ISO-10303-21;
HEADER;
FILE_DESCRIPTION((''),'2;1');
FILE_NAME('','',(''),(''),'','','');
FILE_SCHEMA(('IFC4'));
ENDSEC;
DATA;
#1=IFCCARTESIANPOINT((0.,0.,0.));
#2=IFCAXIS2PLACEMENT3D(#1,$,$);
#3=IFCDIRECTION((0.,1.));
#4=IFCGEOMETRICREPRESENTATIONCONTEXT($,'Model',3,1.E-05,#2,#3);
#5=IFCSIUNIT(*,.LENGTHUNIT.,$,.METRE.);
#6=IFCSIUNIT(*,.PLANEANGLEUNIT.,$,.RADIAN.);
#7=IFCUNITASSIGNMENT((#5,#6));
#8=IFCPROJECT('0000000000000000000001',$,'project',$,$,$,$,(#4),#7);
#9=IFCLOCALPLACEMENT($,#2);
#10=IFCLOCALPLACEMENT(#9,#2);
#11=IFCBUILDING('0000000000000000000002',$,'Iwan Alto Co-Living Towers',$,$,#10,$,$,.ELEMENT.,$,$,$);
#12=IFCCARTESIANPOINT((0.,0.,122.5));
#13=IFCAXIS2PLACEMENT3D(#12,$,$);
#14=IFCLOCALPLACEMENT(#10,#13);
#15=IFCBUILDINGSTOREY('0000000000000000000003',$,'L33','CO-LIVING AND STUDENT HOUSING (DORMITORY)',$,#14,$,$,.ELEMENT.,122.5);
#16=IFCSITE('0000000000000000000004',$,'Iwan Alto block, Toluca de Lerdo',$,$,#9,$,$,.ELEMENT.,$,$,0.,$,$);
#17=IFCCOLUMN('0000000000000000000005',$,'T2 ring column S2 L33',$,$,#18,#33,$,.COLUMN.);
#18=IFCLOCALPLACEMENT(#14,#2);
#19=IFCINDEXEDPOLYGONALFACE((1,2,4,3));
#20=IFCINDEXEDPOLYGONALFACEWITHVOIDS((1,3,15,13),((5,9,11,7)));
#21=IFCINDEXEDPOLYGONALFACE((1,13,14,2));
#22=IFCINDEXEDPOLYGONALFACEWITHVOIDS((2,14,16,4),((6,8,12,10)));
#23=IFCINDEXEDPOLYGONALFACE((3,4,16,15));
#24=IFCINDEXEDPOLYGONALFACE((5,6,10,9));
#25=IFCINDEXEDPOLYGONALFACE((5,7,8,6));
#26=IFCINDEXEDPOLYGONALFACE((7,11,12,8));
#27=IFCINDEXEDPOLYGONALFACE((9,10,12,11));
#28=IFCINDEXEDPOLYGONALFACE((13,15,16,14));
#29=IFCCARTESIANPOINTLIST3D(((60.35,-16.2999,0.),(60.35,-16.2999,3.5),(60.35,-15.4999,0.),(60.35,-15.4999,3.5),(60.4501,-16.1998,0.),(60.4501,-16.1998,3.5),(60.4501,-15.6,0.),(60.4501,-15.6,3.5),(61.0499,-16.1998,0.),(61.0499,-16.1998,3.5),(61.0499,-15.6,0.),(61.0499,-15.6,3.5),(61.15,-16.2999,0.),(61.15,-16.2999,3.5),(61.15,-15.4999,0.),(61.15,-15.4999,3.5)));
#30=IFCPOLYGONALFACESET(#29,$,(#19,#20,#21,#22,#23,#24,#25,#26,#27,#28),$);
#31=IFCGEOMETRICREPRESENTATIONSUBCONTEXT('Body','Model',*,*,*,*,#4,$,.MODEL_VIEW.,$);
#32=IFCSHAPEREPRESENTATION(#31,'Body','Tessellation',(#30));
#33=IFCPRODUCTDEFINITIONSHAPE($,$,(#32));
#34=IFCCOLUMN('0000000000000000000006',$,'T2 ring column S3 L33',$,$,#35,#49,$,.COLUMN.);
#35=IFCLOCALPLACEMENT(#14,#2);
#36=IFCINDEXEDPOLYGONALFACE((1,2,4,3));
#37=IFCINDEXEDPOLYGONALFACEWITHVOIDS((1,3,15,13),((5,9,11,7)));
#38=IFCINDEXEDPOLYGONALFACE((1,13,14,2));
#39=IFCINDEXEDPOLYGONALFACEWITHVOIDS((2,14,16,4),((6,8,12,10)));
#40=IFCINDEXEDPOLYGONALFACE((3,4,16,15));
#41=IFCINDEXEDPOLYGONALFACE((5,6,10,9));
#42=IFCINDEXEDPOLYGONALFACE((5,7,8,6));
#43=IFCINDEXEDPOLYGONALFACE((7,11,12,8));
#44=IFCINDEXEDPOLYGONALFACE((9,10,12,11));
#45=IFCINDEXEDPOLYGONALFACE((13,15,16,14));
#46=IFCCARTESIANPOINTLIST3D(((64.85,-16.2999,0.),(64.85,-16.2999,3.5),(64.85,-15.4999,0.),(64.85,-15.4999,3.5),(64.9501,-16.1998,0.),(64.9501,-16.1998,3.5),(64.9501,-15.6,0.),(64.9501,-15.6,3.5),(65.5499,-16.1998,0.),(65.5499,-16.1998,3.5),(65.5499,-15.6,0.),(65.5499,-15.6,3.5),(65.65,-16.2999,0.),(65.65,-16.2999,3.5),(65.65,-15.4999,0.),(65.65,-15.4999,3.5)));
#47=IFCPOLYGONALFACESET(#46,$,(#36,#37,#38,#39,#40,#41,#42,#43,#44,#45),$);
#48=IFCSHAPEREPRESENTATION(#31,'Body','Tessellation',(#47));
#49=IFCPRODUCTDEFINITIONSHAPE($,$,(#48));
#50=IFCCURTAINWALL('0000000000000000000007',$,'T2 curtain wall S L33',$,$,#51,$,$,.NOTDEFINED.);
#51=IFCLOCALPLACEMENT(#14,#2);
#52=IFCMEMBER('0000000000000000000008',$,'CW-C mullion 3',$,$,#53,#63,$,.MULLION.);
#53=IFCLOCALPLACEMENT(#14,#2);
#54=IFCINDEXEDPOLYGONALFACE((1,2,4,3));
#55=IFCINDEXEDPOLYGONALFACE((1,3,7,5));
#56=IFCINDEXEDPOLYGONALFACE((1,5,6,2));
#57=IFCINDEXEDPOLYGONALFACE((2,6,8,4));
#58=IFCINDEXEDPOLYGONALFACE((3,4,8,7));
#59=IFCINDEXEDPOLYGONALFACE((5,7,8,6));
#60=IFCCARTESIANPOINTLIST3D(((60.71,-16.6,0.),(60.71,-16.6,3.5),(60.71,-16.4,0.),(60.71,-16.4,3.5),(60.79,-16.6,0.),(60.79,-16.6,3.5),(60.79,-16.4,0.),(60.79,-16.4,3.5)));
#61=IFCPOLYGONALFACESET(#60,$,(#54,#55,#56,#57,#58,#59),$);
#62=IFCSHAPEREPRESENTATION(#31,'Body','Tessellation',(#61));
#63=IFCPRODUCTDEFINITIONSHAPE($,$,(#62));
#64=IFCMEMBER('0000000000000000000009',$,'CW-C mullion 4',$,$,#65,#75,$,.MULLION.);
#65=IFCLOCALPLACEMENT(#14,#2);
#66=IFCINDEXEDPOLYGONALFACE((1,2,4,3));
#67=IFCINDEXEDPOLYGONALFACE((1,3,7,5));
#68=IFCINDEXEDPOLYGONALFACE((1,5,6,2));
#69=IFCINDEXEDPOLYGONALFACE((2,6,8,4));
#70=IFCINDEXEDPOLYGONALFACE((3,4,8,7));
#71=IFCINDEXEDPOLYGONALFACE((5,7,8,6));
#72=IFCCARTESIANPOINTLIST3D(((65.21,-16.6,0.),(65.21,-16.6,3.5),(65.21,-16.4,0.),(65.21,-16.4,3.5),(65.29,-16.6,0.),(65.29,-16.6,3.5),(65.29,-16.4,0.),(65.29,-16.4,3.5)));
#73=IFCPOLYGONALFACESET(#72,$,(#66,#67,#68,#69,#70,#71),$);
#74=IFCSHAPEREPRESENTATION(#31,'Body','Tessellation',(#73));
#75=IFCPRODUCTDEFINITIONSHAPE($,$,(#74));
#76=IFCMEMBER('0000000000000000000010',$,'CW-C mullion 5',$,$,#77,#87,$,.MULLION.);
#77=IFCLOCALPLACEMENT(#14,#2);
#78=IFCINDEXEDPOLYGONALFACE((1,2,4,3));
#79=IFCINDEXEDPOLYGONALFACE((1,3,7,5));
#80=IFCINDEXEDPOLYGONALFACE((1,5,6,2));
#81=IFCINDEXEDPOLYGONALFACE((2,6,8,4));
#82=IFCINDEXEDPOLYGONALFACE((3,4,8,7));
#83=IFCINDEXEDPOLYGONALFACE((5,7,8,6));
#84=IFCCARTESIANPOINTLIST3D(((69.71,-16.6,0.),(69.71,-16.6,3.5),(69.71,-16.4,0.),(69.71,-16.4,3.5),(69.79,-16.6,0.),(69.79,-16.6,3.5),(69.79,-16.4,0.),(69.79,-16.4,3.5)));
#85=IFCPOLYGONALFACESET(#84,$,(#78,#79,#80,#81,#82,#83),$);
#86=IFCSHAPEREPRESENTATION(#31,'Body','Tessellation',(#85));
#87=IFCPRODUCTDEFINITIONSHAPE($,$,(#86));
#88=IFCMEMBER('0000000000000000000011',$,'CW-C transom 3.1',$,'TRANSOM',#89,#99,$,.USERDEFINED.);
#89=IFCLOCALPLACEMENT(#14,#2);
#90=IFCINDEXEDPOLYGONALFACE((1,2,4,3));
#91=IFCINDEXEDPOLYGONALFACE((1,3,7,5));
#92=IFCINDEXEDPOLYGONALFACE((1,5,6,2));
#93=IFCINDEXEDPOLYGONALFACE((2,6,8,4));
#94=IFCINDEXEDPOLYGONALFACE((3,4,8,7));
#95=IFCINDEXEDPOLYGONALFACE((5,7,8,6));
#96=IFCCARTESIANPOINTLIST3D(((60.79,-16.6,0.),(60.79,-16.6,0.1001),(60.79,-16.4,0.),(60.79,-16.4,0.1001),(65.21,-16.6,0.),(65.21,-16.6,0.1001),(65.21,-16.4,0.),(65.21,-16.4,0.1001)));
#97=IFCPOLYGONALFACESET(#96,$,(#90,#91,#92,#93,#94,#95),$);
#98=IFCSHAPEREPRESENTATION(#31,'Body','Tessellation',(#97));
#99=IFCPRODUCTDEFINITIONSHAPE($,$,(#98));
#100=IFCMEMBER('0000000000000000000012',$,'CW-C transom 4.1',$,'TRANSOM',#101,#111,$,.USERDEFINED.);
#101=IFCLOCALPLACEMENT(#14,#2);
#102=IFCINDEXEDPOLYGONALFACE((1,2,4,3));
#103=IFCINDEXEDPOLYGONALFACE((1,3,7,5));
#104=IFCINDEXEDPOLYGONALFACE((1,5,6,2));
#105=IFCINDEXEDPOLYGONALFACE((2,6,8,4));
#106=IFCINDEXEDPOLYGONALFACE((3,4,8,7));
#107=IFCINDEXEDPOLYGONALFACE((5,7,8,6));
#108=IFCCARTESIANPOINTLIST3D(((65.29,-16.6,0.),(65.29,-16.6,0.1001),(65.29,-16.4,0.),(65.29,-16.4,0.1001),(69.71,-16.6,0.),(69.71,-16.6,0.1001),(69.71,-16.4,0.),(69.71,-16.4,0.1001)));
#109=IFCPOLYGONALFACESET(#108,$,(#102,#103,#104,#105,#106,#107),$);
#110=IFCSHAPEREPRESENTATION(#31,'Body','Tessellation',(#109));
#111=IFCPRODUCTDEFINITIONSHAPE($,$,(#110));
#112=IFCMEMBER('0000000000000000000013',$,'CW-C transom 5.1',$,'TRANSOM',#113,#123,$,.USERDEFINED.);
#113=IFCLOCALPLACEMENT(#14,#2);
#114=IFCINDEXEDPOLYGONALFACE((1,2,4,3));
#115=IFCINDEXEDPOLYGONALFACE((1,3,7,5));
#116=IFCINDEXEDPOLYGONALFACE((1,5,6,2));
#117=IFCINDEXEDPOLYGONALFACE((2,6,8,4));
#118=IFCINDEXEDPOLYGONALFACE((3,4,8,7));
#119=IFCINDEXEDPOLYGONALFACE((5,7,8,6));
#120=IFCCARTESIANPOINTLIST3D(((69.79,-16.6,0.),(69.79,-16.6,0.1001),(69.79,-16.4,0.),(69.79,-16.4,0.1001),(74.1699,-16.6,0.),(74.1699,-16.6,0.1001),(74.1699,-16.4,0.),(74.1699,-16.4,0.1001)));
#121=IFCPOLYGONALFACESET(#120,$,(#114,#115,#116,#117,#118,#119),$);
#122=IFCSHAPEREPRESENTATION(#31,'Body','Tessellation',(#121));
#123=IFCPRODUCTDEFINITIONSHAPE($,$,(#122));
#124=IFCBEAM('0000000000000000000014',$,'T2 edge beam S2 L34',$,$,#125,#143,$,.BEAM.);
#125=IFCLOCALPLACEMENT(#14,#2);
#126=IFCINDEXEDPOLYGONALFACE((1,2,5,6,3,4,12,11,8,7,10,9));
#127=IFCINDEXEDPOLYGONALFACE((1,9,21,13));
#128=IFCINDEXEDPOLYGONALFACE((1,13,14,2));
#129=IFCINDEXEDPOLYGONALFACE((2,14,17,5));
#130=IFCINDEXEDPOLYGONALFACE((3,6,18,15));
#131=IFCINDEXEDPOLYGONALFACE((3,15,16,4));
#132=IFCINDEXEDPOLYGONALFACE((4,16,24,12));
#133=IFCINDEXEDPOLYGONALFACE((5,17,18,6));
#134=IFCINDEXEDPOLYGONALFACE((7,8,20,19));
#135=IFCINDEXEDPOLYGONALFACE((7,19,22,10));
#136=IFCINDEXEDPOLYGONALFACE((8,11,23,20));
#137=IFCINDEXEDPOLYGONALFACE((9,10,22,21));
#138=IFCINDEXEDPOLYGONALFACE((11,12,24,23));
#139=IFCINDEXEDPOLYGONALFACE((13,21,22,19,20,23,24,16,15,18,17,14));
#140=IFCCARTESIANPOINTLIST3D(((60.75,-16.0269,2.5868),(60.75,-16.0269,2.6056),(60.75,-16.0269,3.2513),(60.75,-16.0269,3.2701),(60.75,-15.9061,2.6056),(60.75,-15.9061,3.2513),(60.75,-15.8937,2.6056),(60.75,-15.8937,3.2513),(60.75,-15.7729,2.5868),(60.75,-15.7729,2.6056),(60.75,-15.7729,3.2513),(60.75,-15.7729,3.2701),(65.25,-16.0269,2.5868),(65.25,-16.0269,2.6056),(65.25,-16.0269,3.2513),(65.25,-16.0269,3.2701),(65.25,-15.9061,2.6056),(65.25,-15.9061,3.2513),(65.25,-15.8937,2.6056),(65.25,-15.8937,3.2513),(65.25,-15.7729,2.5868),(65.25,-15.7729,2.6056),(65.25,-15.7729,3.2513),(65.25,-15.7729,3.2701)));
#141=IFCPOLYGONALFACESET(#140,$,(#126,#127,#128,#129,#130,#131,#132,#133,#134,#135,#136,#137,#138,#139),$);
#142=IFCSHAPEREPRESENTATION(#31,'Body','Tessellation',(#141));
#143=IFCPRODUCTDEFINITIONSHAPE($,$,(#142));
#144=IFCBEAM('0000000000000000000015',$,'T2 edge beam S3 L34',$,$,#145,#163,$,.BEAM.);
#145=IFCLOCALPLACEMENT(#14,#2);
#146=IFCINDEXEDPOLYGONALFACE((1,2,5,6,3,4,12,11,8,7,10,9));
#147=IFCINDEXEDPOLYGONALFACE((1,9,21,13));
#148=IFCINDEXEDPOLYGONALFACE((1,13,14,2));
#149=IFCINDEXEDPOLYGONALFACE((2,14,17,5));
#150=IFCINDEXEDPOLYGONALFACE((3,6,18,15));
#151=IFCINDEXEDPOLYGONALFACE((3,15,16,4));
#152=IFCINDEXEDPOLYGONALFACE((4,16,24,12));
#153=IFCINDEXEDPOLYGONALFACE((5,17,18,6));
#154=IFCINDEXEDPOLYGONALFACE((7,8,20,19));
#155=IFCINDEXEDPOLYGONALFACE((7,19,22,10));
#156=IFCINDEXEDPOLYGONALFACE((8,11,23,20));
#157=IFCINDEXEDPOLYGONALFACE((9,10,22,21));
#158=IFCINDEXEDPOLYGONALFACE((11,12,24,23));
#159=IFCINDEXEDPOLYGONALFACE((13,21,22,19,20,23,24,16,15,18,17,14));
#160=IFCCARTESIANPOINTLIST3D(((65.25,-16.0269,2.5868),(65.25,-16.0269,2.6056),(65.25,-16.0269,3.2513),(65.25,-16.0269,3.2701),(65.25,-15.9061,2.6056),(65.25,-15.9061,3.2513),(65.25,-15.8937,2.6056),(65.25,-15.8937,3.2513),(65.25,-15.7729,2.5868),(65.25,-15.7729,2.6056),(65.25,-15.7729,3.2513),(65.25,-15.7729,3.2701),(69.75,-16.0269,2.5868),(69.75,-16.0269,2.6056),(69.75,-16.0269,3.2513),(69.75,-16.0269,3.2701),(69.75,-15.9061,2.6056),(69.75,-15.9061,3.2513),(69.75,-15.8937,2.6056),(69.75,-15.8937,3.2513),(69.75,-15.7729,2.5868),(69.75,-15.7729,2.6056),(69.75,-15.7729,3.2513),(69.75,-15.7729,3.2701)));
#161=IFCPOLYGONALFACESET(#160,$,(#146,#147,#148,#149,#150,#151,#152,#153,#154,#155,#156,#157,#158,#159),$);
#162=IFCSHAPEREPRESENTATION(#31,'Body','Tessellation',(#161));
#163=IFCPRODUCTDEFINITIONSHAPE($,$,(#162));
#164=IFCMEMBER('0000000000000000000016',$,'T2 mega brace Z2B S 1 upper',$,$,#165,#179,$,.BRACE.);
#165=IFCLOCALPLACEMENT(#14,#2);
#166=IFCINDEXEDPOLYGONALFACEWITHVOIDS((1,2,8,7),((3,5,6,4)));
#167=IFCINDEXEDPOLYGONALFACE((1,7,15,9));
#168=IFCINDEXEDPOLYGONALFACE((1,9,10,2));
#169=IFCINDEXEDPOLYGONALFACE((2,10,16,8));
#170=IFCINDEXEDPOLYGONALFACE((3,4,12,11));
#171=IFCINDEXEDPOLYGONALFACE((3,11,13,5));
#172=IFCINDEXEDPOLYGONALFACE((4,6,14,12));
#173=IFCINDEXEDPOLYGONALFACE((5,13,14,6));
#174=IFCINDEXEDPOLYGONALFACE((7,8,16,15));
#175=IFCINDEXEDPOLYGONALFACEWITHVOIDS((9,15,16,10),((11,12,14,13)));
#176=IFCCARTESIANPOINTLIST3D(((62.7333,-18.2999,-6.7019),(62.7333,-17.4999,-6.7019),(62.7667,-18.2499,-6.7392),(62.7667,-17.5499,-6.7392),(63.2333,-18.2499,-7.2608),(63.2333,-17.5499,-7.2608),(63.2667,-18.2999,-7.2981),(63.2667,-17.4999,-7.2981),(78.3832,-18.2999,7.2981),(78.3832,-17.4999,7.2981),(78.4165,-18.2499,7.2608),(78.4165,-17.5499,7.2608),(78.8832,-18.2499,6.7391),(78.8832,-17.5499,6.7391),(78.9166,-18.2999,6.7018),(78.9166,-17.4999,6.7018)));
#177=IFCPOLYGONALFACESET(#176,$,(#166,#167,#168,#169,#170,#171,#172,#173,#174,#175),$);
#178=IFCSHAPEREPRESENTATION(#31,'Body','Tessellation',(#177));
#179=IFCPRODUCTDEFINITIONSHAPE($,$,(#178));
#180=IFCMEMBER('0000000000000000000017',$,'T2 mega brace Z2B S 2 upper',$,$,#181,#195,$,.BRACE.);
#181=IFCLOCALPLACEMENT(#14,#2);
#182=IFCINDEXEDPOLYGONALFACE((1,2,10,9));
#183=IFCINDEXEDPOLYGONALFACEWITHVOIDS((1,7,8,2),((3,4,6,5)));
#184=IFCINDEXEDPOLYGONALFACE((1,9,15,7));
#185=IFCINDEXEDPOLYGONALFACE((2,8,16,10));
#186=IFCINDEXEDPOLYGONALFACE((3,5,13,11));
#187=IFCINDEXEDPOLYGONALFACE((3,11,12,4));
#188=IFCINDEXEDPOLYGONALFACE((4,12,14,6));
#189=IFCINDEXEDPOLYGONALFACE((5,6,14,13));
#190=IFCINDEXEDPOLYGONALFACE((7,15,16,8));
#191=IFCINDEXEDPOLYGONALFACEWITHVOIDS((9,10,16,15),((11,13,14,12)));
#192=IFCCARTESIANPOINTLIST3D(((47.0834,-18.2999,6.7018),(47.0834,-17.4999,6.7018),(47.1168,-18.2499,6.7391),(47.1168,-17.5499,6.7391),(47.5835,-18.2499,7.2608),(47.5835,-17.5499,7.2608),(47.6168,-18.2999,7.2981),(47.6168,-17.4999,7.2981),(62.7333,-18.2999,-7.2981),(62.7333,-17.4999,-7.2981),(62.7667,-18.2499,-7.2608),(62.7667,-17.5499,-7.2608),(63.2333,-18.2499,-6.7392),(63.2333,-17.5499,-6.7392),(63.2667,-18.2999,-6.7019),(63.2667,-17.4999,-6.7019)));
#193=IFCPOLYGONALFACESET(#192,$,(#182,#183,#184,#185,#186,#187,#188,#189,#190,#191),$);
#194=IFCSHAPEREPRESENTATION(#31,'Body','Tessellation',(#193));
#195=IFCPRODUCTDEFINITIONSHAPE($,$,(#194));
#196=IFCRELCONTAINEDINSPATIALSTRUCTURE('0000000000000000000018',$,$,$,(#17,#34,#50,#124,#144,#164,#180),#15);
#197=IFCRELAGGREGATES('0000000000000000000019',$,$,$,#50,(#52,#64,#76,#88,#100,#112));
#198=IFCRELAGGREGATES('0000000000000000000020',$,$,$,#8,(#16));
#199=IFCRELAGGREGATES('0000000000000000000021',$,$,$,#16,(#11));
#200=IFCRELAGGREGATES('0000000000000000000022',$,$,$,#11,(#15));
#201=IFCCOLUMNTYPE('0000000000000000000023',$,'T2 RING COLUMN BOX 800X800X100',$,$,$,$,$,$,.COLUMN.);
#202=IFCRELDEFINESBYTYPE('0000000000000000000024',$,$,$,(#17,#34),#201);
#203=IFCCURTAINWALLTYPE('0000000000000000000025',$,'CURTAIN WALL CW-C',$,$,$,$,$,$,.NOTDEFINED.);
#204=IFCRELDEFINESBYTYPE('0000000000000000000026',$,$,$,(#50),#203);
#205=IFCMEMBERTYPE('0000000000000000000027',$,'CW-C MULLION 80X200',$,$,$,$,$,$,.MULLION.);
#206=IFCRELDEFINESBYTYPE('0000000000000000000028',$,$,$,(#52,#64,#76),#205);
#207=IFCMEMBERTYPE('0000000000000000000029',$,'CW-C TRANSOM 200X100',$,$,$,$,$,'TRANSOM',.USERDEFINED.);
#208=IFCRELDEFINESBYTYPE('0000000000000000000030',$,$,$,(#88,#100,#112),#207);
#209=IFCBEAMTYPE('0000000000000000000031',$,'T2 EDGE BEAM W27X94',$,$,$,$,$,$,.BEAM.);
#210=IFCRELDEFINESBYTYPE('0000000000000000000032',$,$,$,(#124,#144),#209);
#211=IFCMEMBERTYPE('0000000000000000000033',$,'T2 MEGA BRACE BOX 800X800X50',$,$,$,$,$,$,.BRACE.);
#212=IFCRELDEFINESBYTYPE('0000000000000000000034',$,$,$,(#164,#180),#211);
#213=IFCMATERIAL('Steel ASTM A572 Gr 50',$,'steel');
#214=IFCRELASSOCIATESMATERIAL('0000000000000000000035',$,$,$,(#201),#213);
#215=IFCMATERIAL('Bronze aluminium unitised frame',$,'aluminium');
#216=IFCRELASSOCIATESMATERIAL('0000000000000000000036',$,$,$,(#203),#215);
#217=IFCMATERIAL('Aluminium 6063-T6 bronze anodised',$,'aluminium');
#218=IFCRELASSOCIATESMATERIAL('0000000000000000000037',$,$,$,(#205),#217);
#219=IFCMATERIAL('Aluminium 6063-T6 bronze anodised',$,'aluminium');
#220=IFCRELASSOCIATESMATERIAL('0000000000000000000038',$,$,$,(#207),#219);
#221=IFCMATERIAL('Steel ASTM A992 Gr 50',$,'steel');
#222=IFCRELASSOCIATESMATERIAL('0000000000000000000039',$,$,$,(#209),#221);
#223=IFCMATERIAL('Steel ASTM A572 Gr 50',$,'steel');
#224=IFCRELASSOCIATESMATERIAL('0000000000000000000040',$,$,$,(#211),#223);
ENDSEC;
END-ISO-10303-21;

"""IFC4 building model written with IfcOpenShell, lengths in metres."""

from ifc_helpers import new_model, si_unit, direction, frame, origin, origin_2d, place, context, subcontext, project, spatial, rectangle, hollow_rectangle, i_section, extrude, material, material_profile, profile_set, type_object, element, aggregate, save


model = new_model("IFC4")

# Units and contexts
model_context = context("Model", 3, precision=1e-05, world=origin(), true_north=direction((0.0, 1.0)))
body_context = subcontext(model_context, "Body", "Model", "MODEL_VIEW")
ifc_project = project(units=[si_unit("LENGTHUNIT", "METRE"), si_unit("PLANEANGLEUNIT", "RADIAN")], contexts=[model_context])

# Site, building, storey
site_placement = place(None, origin())
site = spatial("IfcSite", under=ifc_project, at=site_placement, Name="Iwan Alto block, Toluca de Lerdo", CompositionType="ELEMENT", RefElevation=0.0)
building_placement = place(site_placement, origin())
building = spatial("IfcBuilding", under=site, at=building_placement, Name="Iwan Alto Co-Living Towers", CompositionType="ELEMENT")
storey_placement = place(building_placement, frame((0.0, 0.0, 122.5)))
storey = spatial("IfcBuildingStorey", under=building, at=storey_placement, Name="L33", Description="CO-LIVING AND STUDENT HOUSING (DORMITORY)", CompositionType="ELEMENT", Elevation=122.5)

# Columns
ifc_material_1 = material(Name="Steel ASTM A572 Gr 50", Category="steel")
ifc_material_profile_1 = material_profile(ifc_material_1, hollow_rectangle(XDim=0.8, YDim=0.8, WallThickness=0.1001, at=origin_2d()), Name="BOX 800X800X100")
ifc_profile_set_1 = profile_set([ifc_material_profile_1], Name="Steel ASTM A572 Gr 50")
column_type = type_object("IfcColumnType", Name="T2 RING COLUMN BOX 800X800X100", PredefinedType="COLUMN", material=ifc_profile_set_1)
for number, where, z_axis, x_axis, name in (
    (1, (60.75, -15.8999, 0.0), (0.0, 0.0, 1.0), (1.0, 0.0, 0.0), "T2 ring column S2 L33"),
    (2, (65.25, -15.8999, 0.0), (0.0, 0.0, 1.0), (1.0, 0.0, 0.0), "T2 ring column S3 L33"),
):
    element("IfcColumn", number, at=place(storey_placement, frame(where, z_axis=z_axis, x_axis=x_axis)), inside=storey, type_object=column_type, Name=name, PredefinedType="COLUMN", context=body_context, shape_type="SweptSolid", body=[
        extrude(hollow_rectangle(XDim=0.8, YDim=0.8, WallThickness=0.1001, at=origin_2d()), origin(), (0.0, 0.0, 1.0), 3.5),
    ])

# Curtain wall, members
ifc_material_2 = material(Name="Bronze aluminium unitised frame", Category="aluminium")
curtain_wall_type = type_object("IfcCurtainWallType", Name="CURTAIN WALL CW-C", PredefinedType="NOTDEFINED", material=ifc_material_2)
curtain_wall_placement = place(storey_placement, origin())
curtain_wall = element("IfcCurtainWall", 3, at=curtain_wall_placement, inside=storey, type_object=curtain_wall_type, Name="T2 curtain wall S L33", PredefinedType="NOTDEFINED")
ifc_material_3 = material(Name="Aluminium 6063-T6 bronze anodised", Category="aluminium")
ifc_material_profile_2 = material_profile(ifc_material_3, rectangle(XDim=0.2, YDim=0.0801, at=origin_2d()), Name="AL 80X200")
ifc_profile_set_2 = profile_set([ifc_material_profile_2], Name="Aluminium 6063-T6 bronze anodised")
member_type_1 = type_object("IfcMemberType", Name="CW-C MULLION 80X200", PredefinedType="MULLION", material=ifc_profile_set_2)
member_1_placement = place(storey_placement, frame((60.75, -16.5, 0.0), z_axis=(0.0, 0.0, 1.0), x_axis=(0.0, 1.0, 0.0)))
member_1 = element("IfcMember", 4, at=member_1_placement, type_object=member_type_1, Name="CW-C mullion 3", PredefinedType="MULLION", context=body_context, shape_type="SweptSolid", body=[
    extrude(rectangle(XDim=0.2, YDim=0.0801, at=origin_2d()), origin(), (0.0, 0.0, 1.0), 3.5),
])
member_2_placement = place(storey_placement, frame((65.25, -16.5, 0.0), z_axis=(0.0, 0.0, 1.0), x_axis=(0.0, 1.0, 0.0)))
member_2 = element("IfcMember", 5, at=member_2_placement, type_object=member_type_1, Name="CW-C mullion 4", PredefinedType="MULLION", context=body_context, shape_type="SweptSolid", body=[
    extrude(rectangle(XDim=0.2, YDim=0.0801, at=origin_2d()), origin(), (0.0, 0.0, 1.0), 3.5),
])
member_3_placement = place(storey_placement, frame((69.75, -16.5, 0.0), z_axis=(0.0, 0.0, 1.0), x_axis=(0.0, 1.0, 0.0)))
member_3 = element("IfcMember", 6, at=member_3_placement, type_object=member_type_1, Name="CW-C mullion 5", PredefinedType="MULLION", context=body_context, shape_type="SweptSolid", body=[
    extrude(rectangle(XDim=0.2, YDim=0.0801, at=origin_2d()), origin(), (0.0, 0.0, 1.0), 3.5),
])
ifc_material_4 = material(Name="Aluminium 6063-T6 bronze anodised", Category="aluminium")
ifc_material_profile_3 = material_profile(ifc_material_4, rectangle(XDim=0.2, YDim=0.1001, at=origin_2d()), Name="AL 200X100")
ifc_profile_set_3 = profile_set([ifc_material_profile_3], Name="Aluminium 6063-T6 bronze anodised")
member_type_2 = type_object("IfcMemberType", Name="CW-C TRANSOM 200X100", ElementType="TRANSOM", PredefinedType="USERDEFINED", material=ifc_profile_set_3)
member_4_placement = place(storey_placement, frame((60.79, -16.5, 0.05), z_axis=(1.0, 0.0, 0.0), x_axis=(0.0, 1.0, 0.0)))
member_4 = element("IfcMember", 7, at=member_4_placement, type_object=member_type_2, Name="CW-C transom 3.1", ObjectType="TRANSOM", PredefinedType="USERDEFINED", context=body_context, shape_type="SweptSolid", body=[
    extrude(rectangle(XDim=0.2, YDim=0.1001, at=origin_2d()), origin(), (0.0, 0.0, 1.0), 4.4199),
])
member_5_placement = place(storey_placement, frame((65.29, -16.5, 0.05), z_axis=(1.0, 0.0, 0.0), x_axis=(0.0, 1.0, 0.0)))
member_5 = element("IfcMember", 8, at=member_5_placement, type_object=member_type_2, Name="CW-C transom 4.1", ObjectType="TRANSOM", PredefinedType="USERDEFINED", context=body_context, shape_type="SweptSolid", body=[
    extrude(rectangle(XDim=0.2, YDim=0.1001, at=origin_2d()), origin(), (0.0, 0.0, 1.0), 4.4199),
])
member_6_placement = place(storey_placement, frame((69.79, -16.5, 0.05), z_axis=(1.0, 0.0, 0.0), x_axis=(0.0, 1.0, 0.0)))
member_6 = element("IfcMember", 9, at=member_6_placement, type_object=member_type_2, Name="CW-C transom 5.1", ObjectType="TRANSOM", PredefinedType="USERDEFINED", context=body_context, shape_type="SweptSolid", body=[
    extrude(rectangle(XDim=0.2, YDim=0.1001, at=origin_2d()), origin(), (0.0, 0.0, 1.0), 4.3799),
])

# Beams
ifc_material_5 = material(Name="Steel ASTM A992 Gr 50", Category="steel")
ifc_material_profile_4 = material_profile(ifc_material_5, i_section(OverallWidth=0.2539, OverallDepth=0.6833, WebThickness=0.0125, FlangeThickness=0.0188, at=origin_2d()), Name="W27X94")
ifc_profile_set_4 = profile_set([ifc_material_profile_4], Name="Steel ASTM A992 Gr 50")
beam_type_1 = type_object("IfcBeamType", Name="T2 EDGE BEAM W27X94", PredefinedType="BEAM", material=ifc_profile_set_4)
for number, where, z_axis, x_axis, name in (
    (10, (60.75, -15.8999, 2.9285), (1.0, 0.0, 0.0), (0.0, 1.0, 0.0), "T2 edge beam S2 L34"),
    (11, (65.25, -15.8999, 2.9285), (1.0, 0.0, 0.0), (0.0, 1.0, 0.0), "T2 edge beam S3 L34"),
):
    element("IfcBeam", number, at=place(storey_placement, frame(where, z_axis=z_axis, x_axis=x_axis)), inside=storey, type_object=beam_type_1, Name=name, PredefinedType="BEAM", context=body_context, shape_type="SweptSolid", body=[
        extrude(i_section(OverallWidth=0.2539, OverallDepth=0.6833, WebThickness=0.0125, FlangeThickness=0.0188, at=origin_2d()), origin(), (0.0, 0.0, 1.0), 4.5),
    ])

# Members
ifc_material_6 = material(Name="Steel ASTM A572 Gr 50", Category="steel")
ifc_material_profile_5 = material_profile(ifc_material_6, hollow_rectangle(XDim=0.8, YDim=0.8, WallThickness=0.05, at=origin_2d()), Name="BOX 800X800X50")
ifc_profile_set_5 = profile_set([ifc_material_profile_5], Name="Steel ASTM A572 Gr 50")
member_type_3 = type_object("IfcMemberType", Name="T2 MEGA BRACE BOX 800X800X50", PredefinedType="BRACE", material=ifc_profile_set_5)
for number, where, z_axis, x_axis, name in (
    (12, (63.0, -17.8999, -7.0), (0.745302, 0.0, 0.666728), (0.0, 1.0, 0.0), "T2 mega brace Z2B S 1 upper"),
    (13, (63.0, -17.8999, -7.0), (-0.745302, 0.0, 0.666728), (0.0, -1.0, 0.0), "T2 mega brace Z2B S 2 upper"),
):
    element("IfcMember", number, at=place(storey_placement, frame(where, z_axis=z_axis, x_axis=x_axis)), inside=storey, type_object=member_type_3, Name=name, PredefinedType="BRACE", context=body_context, shape_type="SweptSolid", body=[
        extrude(hollow_rectangle(XDim=0.8, YDim=0.8, WallThickness=0.05, at=origin_2d()), origin(), (0.0, 0.0, 1.0), 20.998),
    ])

aggregate(curtain_wall, [member_1, member_2, member_3, member_4, member_5, member_6])

save(model, "model.ifc")
